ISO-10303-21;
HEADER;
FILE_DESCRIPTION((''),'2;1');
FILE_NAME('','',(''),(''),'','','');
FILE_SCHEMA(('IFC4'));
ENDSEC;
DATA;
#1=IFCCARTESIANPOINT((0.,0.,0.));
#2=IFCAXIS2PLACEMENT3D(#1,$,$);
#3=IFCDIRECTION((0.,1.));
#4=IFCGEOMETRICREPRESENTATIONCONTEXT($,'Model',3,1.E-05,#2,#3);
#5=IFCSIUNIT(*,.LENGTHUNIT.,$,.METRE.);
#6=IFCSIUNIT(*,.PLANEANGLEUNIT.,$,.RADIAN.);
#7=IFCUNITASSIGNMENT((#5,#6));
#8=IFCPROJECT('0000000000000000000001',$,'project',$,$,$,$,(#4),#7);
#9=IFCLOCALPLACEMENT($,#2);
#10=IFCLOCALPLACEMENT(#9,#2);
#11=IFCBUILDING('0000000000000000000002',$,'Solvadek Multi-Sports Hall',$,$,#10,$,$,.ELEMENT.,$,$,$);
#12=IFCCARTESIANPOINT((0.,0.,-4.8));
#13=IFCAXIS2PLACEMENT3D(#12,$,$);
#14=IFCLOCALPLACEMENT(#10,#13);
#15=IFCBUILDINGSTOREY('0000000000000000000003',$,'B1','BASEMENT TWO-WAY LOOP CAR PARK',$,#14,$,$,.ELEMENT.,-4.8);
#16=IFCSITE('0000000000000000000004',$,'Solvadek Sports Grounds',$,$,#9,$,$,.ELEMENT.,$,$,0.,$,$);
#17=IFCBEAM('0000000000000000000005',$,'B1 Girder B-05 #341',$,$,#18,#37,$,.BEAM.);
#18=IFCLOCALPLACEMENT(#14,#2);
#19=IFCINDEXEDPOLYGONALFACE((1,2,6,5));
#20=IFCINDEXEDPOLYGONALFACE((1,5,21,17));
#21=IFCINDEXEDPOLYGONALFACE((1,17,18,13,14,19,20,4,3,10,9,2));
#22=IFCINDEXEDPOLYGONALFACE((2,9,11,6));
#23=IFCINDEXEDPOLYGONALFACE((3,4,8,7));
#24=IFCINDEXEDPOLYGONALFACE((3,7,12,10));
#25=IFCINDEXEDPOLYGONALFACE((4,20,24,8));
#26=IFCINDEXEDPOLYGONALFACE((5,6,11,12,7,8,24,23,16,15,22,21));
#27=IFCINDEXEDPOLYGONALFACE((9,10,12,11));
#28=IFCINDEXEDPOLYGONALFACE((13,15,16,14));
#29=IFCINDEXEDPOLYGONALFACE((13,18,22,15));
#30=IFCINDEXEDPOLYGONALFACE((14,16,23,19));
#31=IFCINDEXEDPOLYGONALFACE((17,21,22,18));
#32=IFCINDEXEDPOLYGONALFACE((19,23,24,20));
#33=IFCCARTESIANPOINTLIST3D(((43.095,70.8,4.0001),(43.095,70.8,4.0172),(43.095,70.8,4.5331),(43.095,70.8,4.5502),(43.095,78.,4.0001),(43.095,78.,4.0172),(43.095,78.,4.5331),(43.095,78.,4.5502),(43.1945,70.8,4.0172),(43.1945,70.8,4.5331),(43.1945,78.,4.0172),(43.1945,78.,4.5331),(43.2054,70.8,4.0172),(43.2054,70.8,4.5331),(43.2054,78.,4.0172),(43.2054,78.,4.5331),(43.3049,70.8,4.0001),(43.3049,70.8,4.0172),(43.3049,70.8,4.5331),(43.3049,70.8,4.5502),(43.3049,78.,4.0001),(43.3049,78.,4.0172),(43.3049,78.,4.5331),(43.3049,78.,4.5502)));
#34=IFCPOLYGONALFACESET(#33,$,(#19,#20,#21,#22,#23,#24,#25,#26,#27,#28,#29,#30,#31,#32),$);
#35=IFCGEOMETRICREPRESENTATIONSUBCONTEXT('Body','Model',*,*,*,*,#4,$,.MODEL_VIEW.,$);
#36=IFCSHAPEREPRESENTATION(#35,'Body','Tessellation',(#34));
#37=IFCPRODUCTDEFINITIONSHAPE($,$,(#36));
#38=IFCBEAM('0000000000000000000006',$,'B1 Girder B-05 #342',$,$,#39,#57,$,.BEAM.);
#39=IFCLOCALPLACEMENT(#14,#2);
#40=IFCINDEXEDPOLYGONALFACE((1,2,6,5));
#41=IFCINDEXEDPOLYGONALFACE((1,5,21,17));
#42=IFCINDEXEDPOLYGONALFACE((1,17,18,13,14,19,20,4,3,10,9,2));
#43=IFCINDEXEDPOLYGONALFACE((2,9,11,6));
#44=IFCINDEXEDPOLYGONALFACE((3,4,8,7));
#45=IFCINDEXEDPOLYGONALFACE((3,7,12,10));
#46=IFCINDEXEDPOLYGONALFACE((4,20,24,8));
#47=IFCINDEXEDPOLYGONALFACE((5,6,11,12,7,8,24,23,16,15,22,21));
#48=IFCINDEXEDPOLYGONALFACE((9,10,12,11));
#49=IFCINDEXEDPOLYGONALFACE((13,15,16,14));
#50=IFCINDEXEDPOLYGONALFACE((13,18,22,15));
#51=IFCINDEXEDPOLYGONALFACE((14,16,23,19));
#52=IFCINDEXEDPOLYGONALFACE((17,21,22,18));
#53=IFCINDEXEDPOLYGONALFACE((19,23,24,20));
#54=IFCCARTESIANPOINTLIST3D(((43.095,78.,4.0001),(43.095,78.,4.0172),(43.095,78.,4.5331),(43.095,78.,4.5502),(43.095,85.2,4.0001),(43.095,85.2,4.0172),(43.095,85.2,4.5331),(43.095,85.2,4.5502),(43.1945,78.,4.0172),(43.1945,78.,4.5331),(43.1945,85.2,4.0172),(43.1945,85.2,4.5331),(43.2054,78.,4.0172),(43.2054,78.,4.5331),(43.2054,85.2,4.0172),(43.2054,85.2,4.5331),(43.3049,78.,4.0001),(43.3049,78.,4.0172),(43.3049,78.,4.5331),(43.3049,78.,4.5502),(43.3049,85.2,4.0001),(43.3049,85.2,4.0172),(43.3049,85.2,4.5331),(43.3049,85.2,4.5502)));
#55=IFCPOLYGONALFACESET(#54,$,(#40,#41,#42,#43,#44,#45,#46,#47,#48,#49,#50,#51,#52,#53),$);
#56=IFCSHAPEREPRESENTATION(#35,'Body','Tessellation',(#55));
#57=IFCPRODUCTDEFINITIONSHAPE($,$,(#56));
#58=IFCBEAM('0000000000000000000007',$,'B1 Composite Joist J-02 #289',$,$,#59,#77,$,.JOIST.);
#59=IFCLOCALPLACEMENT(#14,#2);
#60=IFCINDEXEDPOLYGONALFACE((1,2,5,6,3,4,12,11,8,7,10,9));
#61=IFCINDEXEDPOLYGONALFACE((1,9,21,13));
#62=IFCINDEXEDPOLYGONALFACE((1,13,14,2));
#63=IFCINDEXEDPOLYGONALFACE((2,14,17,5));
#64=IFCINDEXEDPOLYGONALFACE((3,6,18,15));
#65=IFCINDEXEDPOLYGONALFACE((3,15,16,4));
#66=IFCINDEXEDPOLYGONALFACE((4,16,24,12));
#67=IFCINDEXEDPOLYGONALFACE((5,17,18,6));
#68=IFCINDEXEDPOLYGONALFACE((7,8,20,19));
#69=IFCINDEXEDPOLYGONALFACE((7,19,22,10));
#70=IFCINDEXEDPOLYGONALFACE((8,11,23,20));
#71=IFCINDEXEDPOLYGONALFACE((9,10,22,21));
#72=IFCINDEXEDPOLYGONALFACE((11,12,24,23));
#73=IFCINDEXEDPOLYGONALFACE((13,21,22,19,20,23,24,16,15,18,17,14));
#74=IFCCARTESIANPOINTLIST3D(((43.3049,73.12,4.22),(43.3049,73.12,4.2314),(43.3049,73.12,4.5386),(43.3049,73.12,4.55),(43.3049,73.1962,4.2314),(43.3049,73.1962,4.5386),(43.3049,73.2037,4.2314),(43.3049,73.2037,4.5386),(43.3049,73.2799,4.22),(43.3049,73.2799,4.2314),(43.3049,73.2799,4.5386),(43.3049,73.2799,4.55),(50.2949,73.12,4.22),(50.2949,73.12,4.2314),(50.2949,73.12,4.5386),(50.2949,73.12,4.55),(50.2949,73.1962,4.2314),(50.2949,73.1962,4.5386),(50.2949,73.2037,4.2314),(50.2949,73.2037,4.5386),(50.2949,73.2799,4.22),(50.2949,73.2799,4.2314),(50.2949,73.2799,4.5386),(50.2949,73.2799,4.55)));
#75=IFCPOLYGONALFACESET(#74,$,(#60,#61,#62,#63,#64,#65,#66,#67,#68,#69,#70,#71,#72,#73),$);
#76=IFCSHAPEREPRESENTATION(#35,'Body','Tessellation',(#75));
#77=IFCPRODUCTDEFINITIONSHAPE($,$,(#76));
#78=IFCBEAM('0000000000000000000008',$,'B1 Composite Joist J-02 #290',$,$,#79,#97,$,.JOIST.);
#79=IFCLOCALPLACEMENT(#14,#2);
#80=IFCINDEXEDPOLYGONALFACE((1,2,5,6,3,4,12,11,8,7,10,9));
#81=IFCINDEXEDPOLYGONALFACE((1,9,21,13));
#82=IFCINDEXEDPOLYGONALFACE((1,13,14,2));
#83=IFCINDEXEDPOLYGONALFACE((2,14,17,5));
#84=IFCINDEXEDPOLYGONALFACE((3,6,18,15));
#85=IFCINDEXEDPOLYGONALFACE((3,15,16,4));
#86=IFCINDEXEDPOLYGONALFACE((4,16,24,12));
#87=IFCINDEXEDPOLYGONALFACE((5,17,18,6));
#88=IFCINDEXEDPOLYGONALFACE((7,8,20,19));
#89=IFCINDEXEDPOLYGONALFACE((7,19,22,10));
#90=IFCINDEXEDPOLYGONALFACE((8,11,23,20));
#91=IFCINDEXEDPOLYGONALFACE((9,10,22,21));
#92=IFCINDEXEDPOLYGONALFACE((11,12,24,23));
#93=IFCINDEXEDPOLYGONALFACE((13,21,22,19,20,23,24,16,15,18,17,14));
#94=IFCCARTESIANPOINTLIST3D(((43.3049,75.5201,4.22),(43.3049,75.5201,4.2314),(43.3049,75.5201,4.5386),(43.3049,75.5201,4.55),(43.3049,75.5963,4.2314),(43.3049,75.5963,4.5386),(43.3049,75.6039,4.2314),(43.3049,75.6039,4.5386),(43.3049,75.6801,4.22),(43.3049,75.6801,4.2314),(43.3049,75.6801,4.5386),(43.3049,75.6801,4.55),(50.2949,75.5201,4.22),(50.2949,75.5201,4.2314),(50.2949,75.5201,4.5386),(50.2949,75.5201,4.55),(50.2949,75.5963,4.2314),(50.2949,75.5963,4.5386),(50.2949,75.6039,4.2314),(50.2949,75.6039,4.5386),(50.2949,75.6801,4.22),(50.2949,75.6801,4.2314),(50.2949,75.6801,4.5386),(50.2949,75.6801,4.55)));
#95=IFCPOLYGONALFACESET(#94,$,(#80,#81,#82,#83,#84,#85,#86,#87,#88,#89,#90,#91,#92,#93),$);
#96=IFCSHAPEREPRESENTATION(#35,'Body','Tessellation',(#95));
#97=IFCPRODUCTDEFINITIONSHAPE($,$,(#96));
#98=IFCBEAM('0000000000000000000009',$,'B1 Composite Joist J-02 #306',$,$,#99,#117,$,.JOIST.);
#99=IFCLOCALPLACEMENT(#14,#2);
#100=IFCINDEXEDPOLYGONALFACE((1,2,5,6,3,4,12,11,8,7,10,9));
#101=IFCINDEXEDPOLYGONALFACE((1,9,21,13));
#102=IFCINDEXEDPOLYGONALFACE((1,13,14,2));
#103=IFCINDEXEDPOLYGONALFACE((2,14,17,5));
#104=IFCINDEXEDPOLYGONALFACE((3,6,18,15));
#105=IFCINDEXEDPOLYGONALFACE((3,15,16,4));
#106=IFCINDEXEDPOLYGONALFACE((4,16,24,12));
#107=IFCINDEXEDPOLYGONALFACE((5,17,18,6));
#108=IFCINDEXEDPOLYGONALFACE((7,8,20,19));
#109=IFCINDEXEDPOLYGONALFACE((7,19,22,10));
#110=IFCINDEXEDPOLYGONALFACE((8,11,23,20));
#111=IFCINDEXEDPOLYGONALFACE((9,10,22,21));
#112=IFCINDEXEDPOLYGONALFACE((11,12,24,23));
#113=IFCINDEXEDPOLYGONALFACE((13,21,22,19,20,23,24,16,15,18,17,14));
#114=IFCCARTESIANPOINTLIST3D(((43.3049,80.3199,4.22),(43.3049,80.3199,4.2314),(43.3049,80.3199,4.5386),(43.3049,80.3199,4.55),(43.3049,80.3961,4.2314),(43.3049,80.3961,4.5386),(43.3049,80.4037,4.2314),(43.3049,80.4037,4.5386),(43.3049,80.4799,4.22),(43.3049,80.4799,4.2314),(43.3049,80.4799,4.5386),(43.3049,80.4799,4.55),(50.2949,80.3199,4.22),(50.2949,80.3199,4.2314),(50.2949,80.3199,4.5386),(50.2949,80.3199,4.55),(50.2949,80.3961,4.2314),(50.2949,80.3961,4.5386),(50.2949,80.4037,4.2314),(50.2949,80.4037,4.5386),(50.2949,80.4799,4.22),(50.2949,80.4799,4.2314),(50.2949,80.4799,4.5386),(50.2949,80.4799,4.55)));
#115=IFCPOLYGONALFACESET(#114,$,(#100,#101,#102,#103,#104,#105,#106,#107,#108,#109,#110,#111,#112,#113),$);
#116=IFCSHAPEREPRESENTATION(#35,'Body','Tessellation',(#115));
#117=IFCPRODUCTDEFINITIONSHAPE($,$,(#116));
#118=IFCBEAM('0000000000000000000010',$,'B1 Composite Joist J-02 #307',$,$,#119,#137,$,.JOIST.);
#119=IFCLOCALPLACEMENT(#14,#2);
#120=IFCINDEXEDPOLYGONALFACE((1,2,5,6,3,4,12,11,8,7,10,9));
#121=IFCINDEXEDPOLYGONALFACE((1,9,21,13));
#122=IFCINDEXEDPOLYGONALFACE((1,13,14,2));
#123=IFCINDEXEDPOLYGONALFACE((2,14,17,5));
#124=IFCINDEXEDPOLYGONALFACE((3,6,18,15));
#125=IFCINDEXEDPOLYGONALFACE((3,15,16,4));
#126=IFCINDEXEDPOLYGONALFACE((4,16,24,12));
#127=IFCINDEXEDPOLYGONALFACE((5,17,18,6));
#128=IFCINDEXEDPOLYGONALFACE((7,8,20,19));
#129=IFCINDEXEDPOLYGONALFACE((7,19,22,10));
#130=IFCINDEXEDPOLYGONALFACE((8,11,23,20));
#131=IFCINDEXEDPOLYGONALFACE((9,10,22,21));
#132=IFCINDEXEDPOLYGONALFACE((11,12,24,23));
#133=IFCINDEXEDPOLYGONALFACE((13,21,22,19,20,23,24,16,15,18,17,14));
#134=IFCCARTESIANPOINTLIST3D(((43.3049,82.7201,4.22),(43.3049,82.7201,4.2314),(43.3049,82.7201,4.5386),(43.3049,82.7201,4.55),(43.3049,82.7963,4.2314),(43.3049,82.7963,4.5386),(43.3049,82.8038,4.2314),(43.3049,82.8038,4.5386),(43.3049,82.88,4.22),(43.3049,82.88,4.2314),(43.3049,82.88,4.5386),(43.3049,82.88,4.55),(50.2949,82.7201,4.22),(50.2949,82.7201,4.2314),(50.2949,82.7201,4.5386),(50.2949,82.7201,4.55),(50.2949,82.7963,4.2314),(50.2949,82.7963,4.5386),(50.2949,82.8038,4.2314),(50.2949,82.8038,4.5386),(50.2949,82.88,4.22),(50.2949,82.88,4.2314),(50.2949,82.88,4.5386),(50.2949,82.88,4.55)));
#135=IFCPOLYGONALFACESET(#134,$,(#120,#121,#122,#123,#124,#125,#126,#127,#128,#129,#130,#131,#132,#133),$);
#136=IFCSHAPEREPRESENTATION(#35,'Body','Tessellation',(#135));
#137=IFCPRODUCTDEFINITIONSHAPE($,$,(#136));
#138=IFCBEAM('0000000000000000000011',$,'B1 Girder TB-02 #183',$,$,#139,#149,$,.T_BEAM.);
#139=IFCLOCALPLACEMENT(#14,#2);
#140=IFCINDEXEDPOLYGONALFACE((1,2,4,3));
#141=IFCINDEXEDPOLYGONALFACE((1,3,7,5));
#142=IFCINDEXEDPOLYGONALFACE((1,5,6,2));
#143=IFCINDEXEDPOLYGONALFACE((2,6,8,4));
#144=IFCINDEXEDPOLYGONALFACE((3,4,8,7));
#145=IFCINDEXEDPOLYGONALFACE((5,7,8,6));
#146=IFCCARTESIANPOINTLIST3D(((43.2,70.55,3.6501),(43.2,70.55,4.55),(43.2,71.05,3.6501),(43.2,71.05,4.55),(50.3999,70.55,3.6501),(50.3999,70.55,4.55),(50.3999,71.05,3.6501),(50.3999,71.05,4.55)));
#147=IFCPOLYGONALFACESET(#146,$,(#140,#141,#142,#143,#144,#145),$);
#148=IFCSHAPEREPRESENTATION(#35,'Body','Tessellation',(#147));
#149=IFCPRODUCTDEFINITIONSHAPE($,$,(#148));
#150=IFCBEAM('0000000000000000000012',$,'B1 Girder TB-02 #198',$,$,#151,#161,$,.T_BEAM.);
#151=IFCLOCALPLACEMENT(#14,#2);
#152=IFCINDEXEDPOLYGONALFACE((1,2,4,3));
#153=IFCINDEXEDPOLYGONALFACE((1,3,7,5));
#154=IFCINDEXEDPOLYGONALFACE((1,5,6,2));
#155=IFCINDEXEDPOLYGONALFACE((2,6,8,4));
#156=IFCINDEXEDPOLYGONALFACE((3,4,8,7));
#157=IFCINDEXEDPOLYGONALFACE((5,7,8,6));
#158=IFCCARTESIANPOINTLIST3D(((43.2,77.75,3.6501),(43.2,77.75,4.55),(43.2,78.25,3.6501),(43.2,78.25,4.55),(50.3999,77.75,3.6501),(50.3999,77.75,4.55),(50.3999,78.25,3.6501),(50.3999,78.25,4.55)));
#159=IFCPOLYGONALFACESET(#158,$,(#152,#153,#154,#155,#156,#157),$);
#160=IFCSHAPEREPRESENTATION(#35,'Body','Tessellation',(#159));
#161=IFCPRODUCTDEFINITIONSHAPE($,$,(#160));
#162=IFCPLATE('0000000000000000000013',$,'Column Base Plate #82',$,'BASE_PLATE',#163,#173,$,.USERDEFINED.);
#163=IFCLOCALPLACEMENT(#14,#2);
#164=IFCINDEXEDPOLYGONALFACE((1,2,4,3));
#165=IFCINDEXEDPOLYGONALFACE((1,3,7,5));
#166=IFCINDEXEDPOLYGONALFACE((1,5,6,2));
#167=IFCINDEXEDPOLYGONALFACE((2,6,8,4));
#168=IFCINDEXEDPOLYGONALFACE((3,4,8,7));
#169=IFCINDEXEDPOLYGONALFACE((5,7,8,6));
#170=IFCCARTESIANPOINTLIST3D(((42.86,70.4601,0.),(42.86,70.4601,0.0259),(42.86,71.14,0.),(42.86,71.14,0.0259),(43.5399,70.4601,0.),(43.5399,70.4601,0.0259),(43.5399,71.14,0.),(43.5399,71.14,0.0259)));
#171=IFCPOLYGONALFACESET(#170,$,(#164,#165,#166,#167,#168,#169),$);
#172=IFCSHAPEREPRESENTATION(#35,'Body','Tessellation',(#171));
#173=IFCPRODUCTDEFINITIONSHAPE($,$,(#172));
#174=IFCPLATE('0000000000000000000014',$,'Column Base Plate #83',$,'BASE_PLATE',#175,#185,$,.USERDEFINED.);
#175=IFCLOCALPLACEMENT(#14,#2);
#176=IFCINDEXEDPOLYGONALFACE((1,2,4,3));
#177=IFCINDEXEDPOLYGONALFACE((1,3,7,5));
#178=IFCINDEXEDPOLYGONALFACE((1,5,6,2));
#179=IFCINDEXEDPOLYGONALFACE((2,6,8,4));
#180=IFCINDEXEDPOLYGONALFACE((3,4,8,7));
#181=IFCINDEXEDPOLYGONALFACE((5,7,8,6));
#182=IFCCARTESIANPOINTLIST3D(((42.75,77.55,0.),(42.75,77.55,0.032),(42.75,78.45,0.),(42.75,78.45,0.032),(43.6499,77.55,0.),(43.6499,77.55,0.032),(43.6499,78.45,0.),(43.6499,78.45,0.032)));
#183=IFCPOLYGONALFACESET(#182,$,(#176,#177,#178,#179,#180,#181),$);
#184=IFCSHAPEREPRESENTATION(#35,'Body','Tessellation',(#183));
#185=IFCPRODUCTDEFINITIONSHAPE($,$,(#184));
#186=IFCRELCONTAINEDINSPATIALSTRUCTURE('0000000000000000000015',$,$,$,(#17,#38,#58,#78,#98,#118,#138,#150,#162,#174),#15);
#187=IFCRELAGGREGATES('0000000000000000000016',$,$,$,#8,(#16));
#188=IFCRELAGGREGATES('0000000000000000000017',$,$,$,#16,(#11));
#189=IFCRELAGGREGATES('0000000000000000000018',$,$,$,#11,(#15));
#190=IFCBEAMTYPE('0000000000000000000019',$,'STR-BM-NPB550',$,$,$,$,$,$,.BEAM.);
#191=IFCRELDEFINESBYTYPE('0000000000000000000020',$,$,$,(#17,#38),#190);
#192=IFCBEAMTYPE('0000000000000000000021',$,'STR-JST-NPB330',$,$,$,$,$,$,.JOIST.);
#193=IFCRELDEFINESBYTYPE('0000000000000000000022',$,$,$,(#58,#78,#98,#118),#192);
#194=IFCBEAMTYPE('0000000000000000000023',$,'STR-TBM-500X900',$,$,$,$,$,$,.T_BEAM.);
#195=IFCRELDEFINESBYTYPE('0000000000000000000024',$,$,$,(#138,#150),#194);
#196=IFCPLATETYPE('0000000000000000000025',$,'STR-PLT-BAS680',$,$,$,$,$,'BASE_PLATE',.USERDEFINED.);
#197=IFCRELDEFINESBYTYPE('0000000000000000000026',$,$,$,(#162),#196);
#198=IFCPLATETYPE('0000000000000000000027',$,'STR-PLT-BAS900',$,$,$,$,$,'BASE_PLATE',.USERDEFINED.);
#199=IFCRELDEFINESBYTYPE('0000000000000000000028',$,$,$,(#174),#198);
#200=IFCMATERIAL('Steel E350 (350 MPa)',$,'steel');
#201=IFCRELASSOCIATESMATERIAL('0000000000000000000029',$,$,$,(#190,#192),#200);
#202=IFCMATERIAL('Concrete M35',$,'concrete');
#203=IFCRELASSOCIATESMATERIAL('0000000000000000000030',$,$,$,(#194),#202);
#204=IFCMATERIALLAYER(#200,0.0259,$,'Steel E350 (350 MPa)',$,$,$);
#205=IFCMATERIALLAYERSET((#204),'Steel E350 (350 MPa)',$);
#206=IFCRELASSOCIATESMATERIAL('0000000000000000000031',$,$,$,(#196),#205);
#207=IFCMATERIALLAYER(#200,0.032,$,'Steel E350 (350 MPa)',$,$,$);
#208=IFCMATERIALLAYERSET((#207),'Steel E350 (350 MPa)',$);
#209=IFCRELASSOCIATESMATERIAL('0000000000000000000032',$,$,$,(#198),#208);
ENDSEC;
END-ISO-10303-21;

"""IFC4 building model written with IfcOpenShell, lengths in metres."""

from ifc_helpers import new_model, si_unit, direction, frame, origin, origin_2d, place, context, subcontext, project, spatial, rectangle, i_section, extrude, material, layer, layer_set, material_profile, profile_set, type_object, element, save


model = new_model("IFC4")

# Units and contexts
model_context = context("Model", 3, precision=1e-05, world=origin(), true_north=direction((0.0, 1.0)))
body_context = subcontext(model_context, "Body", "Model", "MODEL_VIEW")
ifc_project = project(units=[si_unit("LENGTHUNIT", "METRE"), si_unit("PLANEANGLEUNIT", "RADIAN")], contexts=[model_context])

# Site, building, storey
site_placement = place(None, origin())
site = spatial("IfcSite", under=ifc_project, at=site_placement, Name="Solvadek Sports Grounds", CompositionType="ELEMENT", RefElevation=0.0)
building_placement = place(site_placement, origin())
building = spatial("IfcBuilding", under=site, at=building_placement, Name="Solvadek Multi-Sports Hall", CompositionType="ELEMENT")
storey_placement = place(building_placement, frame((0.0, 0.0, -4.8)))
storey = spatial("IfcBuildingStorey", under=building, at=storey_placement, Name="B1", Description="BASEMENT TWO-WAY LOOP CAR PARK", CompositionType="ELEMENT", Elevation=-4.8)

# Shared definitions
ifc_material_1 = material(Name="Concrete M35", Category="concrete")

# Shared definitions
ifc_material_2 = material(Name="Steel E350 (350 MPa)", Category="steel")

# Beams
ifc_material_profile_1 = material_profile(ifc_material_2, i_section(OverallWidth=0.21, OverallDepth=0.55, WebThickness=0.011, FlangeThickness=0.0171, at=origin_2d()), Name="NPB 550")
ifc_profile_set_1 = profile_set([ifc_material_profile_1], Name="Steel E350 (350 MPa)")
beam_type_1 = type_object("IfcBeamType", Name="STR-BM-NPB550", PredefinedType="BEAM", material=ifc_profile_set_1)
for number, where, z_axis, x_axis, name in (
    (1, (43.2, 70.8, 4.2751), (0.0, 1.0, 0.0), (-1.0, 0.0, 0.0), "B1 Girder B-05 #341"),
    (2, (43.2, 78.0, 4.2751), (0.0, 1.0, 0.0), (-1.0, 0.0, 0.0), "B1 Girder B-05 #342"),
):
    element("IfcBeam", number, at=place(storey_placement, frame(where, z_axis=z_axis, x_axis=x_axis)), inside=storey, type_object=beam_type_1, Name=name, PredefinedType="BEAM", context=body_context, shape_type="SweptSolid", body=[
        extrude(i_section(OverallWidth=0.21, OverallDepth=0.55, WebThickness=0.011, FlangeThickness=0.0171, at=origin_2d()), origin(), (0.0, 0.0, 1.0), 7.2),
    ])
ifc_material_profile_2 = material_profile(ifc_material_2, i_section(OverallWidth=0.1599, OverallDepth=0.3301, WebThickness=0.0076, FlangeThickness=0.0115, at=origin_2d()), Name="NPB 330")
ifc_profile_set_2 = profile_set([ifc_material_profile_2], Name="Steel E350 (350 MPa)")
beam_type_2 = type_object("IfcBeamType", Name="STR-JST-NPB330", PredefinedType="JOIST", material=ifc_profile_set_2)
for number, where, z_axis, x_axis, name in (
    (3, (43.3049, 73.2, 4.385), (1.0, 0.0, 0.0), (0.0, 1.0, 0.0), "B1 Composite Joist J-02 #289"),
    (4, (43.3049, 75.6001, 4.385), (1.0, 0.0, 0.0), (0.0, 1.0, 0.0), "B1 Composite Joist J-02 #290"),
    (5, (43.3049, 80.3999, 4.385), (1.0, 0.0, 0.0), (0.0, 1.0, 0.0), "B1 Composite Joist J-02 #306"),
    (6, (43.3049, 82.8, 4.385), (1.0, 0.0, 0.0), (0.0, 1.0, 0.0), "B1 Composite Joist J-02 #307"),
):
    element("IfcBeam", number, at=place(storey_placement, frame(where, z_axis=z_axis, x_axis=x_axis)), inside=storey, type_object=beam_type_2, Name=name, PredefinedType="JOIST", context=body_context, shape_type="SweptSolid", body=[
        extrude(i_section(OverallWidth=0.1599, OverallDepth=0.3301, WebThickness=0.0076, FlangeThickness=0.0115, at=origin_2d()), origin(), (0.0, 0.0, 1.0), 6.99),
    ])
ifc_material_profile_3 = material_profile(ifc_material_1, rectangle(XDim=0.5, YDim=0.8999, at=origin_2d()), Name="RC T-BEAM 500x900")
ifc_profile_set_3 = profile_set([ifc_material_profile_3], Name="Concrete M35")
beam_type_3 = type_object("IfcBeamType", Name="STR-TBM-500X900", PredefinedType="T_BEAM", material=ifc_profile_set_3)
for number, where, z_axis, x_axis, name in (
    (7, (43.2, 70.8, 4.1001), (1.0, 0.0, 0.0), (0.0, 1.0, 0.0), "B1 Girder TB-02 #183"),
    (8, (43.2, 78.0, 4.1001), (1.0, 0.0, 0.0), (0.0, 1.0, 0.0), "B1 Girder TB-02 #198"),
):
    element("IfcBeam", number, at=place(storey_placement, frame(where, z_axis=z_axis, x_axis=x_axis)), inside=storey, type_object=beam_type_3, Name=name, PredefinedType="T_BEAM", context=body_context, shape_type="SweptSolid", body=[
        extrude(rectangle(XDim=0.5, YDim=0.8999, at=origin_2d()), origin(), (0.0, 0.0, 1.0), 7.2),
    ])

# Plates
ifc_layer_1 = layer(ifc_material_2, 0.0259, Name="Steel E350 (350 MPa)")
ifc_layer_set_1 = layer_set([ifc_layer_1], Name="Steel E350 (350 MPa)")
plate_type_1 = type_object("IfcPlateType", Name="STR-PLT-BAS680", ElementType="BASE_PLATE", PredefinedType="USERDEFINED", material=ifc_layer_set_1)
plate_1_placement = place(storey_placement, frame((43.2, 70.8, 0.0), z_axis=(0.0, 0.0, 1.0), x_axis=(1.0, 0.0, 0.0)))
element("IfcPlate", 9, at=plate_1_placement, inside=storey, type_object=plate_type_1, Name="Column Base Plate #82", ObjectType="BASE_PLATE", PredefinedType="USERDEFINED", context=body_context, shape_type="SweptSolid", body=[
    extrude(rectangle(XDim=0.6799, YDim=0.6799, at=origin_2d()), origin(), (0.0, 0.0, 1.0), 0.0259),
])
ifc_layer_2 = layer(ifc_material_2, 0.032, Name="Steel E350 (350 MPa)")
ifc_layer_set_2 = layer_set([ifc_layer_2], Name="Steel E350 (350 MPa)")
plate_type_2 = type_object("IfcPlateType", Name="STR-PLT-BAS900", ElementType="BASE_PLATE", PredefinedType="USERDEFINED", material=ifc_layer_set_2)
plate_2_placement = place(storey_placement, frame((43.2, 78.0, 0.0), z_axis=(0.0, 0.0, 1.0), x_axis=(1.0, 0.0, 0.0)))
element("IfcPlate", 10, at=plate_2_placement, inside=storey, type_object=plate_type_2, Name="Column Base Plate #83", ObjectType="BASE_PLATE", PredefinedType="USERDEFINED", context=body_context, shape_type="SweptSolid", body=[
    extrude(rectangle(XDim=0.8999, YDim=0.8999, at=origin_2d()), origin(), (0.0, 0.0, 1.0), 0.032),
])

save(model, "model.ifc")
